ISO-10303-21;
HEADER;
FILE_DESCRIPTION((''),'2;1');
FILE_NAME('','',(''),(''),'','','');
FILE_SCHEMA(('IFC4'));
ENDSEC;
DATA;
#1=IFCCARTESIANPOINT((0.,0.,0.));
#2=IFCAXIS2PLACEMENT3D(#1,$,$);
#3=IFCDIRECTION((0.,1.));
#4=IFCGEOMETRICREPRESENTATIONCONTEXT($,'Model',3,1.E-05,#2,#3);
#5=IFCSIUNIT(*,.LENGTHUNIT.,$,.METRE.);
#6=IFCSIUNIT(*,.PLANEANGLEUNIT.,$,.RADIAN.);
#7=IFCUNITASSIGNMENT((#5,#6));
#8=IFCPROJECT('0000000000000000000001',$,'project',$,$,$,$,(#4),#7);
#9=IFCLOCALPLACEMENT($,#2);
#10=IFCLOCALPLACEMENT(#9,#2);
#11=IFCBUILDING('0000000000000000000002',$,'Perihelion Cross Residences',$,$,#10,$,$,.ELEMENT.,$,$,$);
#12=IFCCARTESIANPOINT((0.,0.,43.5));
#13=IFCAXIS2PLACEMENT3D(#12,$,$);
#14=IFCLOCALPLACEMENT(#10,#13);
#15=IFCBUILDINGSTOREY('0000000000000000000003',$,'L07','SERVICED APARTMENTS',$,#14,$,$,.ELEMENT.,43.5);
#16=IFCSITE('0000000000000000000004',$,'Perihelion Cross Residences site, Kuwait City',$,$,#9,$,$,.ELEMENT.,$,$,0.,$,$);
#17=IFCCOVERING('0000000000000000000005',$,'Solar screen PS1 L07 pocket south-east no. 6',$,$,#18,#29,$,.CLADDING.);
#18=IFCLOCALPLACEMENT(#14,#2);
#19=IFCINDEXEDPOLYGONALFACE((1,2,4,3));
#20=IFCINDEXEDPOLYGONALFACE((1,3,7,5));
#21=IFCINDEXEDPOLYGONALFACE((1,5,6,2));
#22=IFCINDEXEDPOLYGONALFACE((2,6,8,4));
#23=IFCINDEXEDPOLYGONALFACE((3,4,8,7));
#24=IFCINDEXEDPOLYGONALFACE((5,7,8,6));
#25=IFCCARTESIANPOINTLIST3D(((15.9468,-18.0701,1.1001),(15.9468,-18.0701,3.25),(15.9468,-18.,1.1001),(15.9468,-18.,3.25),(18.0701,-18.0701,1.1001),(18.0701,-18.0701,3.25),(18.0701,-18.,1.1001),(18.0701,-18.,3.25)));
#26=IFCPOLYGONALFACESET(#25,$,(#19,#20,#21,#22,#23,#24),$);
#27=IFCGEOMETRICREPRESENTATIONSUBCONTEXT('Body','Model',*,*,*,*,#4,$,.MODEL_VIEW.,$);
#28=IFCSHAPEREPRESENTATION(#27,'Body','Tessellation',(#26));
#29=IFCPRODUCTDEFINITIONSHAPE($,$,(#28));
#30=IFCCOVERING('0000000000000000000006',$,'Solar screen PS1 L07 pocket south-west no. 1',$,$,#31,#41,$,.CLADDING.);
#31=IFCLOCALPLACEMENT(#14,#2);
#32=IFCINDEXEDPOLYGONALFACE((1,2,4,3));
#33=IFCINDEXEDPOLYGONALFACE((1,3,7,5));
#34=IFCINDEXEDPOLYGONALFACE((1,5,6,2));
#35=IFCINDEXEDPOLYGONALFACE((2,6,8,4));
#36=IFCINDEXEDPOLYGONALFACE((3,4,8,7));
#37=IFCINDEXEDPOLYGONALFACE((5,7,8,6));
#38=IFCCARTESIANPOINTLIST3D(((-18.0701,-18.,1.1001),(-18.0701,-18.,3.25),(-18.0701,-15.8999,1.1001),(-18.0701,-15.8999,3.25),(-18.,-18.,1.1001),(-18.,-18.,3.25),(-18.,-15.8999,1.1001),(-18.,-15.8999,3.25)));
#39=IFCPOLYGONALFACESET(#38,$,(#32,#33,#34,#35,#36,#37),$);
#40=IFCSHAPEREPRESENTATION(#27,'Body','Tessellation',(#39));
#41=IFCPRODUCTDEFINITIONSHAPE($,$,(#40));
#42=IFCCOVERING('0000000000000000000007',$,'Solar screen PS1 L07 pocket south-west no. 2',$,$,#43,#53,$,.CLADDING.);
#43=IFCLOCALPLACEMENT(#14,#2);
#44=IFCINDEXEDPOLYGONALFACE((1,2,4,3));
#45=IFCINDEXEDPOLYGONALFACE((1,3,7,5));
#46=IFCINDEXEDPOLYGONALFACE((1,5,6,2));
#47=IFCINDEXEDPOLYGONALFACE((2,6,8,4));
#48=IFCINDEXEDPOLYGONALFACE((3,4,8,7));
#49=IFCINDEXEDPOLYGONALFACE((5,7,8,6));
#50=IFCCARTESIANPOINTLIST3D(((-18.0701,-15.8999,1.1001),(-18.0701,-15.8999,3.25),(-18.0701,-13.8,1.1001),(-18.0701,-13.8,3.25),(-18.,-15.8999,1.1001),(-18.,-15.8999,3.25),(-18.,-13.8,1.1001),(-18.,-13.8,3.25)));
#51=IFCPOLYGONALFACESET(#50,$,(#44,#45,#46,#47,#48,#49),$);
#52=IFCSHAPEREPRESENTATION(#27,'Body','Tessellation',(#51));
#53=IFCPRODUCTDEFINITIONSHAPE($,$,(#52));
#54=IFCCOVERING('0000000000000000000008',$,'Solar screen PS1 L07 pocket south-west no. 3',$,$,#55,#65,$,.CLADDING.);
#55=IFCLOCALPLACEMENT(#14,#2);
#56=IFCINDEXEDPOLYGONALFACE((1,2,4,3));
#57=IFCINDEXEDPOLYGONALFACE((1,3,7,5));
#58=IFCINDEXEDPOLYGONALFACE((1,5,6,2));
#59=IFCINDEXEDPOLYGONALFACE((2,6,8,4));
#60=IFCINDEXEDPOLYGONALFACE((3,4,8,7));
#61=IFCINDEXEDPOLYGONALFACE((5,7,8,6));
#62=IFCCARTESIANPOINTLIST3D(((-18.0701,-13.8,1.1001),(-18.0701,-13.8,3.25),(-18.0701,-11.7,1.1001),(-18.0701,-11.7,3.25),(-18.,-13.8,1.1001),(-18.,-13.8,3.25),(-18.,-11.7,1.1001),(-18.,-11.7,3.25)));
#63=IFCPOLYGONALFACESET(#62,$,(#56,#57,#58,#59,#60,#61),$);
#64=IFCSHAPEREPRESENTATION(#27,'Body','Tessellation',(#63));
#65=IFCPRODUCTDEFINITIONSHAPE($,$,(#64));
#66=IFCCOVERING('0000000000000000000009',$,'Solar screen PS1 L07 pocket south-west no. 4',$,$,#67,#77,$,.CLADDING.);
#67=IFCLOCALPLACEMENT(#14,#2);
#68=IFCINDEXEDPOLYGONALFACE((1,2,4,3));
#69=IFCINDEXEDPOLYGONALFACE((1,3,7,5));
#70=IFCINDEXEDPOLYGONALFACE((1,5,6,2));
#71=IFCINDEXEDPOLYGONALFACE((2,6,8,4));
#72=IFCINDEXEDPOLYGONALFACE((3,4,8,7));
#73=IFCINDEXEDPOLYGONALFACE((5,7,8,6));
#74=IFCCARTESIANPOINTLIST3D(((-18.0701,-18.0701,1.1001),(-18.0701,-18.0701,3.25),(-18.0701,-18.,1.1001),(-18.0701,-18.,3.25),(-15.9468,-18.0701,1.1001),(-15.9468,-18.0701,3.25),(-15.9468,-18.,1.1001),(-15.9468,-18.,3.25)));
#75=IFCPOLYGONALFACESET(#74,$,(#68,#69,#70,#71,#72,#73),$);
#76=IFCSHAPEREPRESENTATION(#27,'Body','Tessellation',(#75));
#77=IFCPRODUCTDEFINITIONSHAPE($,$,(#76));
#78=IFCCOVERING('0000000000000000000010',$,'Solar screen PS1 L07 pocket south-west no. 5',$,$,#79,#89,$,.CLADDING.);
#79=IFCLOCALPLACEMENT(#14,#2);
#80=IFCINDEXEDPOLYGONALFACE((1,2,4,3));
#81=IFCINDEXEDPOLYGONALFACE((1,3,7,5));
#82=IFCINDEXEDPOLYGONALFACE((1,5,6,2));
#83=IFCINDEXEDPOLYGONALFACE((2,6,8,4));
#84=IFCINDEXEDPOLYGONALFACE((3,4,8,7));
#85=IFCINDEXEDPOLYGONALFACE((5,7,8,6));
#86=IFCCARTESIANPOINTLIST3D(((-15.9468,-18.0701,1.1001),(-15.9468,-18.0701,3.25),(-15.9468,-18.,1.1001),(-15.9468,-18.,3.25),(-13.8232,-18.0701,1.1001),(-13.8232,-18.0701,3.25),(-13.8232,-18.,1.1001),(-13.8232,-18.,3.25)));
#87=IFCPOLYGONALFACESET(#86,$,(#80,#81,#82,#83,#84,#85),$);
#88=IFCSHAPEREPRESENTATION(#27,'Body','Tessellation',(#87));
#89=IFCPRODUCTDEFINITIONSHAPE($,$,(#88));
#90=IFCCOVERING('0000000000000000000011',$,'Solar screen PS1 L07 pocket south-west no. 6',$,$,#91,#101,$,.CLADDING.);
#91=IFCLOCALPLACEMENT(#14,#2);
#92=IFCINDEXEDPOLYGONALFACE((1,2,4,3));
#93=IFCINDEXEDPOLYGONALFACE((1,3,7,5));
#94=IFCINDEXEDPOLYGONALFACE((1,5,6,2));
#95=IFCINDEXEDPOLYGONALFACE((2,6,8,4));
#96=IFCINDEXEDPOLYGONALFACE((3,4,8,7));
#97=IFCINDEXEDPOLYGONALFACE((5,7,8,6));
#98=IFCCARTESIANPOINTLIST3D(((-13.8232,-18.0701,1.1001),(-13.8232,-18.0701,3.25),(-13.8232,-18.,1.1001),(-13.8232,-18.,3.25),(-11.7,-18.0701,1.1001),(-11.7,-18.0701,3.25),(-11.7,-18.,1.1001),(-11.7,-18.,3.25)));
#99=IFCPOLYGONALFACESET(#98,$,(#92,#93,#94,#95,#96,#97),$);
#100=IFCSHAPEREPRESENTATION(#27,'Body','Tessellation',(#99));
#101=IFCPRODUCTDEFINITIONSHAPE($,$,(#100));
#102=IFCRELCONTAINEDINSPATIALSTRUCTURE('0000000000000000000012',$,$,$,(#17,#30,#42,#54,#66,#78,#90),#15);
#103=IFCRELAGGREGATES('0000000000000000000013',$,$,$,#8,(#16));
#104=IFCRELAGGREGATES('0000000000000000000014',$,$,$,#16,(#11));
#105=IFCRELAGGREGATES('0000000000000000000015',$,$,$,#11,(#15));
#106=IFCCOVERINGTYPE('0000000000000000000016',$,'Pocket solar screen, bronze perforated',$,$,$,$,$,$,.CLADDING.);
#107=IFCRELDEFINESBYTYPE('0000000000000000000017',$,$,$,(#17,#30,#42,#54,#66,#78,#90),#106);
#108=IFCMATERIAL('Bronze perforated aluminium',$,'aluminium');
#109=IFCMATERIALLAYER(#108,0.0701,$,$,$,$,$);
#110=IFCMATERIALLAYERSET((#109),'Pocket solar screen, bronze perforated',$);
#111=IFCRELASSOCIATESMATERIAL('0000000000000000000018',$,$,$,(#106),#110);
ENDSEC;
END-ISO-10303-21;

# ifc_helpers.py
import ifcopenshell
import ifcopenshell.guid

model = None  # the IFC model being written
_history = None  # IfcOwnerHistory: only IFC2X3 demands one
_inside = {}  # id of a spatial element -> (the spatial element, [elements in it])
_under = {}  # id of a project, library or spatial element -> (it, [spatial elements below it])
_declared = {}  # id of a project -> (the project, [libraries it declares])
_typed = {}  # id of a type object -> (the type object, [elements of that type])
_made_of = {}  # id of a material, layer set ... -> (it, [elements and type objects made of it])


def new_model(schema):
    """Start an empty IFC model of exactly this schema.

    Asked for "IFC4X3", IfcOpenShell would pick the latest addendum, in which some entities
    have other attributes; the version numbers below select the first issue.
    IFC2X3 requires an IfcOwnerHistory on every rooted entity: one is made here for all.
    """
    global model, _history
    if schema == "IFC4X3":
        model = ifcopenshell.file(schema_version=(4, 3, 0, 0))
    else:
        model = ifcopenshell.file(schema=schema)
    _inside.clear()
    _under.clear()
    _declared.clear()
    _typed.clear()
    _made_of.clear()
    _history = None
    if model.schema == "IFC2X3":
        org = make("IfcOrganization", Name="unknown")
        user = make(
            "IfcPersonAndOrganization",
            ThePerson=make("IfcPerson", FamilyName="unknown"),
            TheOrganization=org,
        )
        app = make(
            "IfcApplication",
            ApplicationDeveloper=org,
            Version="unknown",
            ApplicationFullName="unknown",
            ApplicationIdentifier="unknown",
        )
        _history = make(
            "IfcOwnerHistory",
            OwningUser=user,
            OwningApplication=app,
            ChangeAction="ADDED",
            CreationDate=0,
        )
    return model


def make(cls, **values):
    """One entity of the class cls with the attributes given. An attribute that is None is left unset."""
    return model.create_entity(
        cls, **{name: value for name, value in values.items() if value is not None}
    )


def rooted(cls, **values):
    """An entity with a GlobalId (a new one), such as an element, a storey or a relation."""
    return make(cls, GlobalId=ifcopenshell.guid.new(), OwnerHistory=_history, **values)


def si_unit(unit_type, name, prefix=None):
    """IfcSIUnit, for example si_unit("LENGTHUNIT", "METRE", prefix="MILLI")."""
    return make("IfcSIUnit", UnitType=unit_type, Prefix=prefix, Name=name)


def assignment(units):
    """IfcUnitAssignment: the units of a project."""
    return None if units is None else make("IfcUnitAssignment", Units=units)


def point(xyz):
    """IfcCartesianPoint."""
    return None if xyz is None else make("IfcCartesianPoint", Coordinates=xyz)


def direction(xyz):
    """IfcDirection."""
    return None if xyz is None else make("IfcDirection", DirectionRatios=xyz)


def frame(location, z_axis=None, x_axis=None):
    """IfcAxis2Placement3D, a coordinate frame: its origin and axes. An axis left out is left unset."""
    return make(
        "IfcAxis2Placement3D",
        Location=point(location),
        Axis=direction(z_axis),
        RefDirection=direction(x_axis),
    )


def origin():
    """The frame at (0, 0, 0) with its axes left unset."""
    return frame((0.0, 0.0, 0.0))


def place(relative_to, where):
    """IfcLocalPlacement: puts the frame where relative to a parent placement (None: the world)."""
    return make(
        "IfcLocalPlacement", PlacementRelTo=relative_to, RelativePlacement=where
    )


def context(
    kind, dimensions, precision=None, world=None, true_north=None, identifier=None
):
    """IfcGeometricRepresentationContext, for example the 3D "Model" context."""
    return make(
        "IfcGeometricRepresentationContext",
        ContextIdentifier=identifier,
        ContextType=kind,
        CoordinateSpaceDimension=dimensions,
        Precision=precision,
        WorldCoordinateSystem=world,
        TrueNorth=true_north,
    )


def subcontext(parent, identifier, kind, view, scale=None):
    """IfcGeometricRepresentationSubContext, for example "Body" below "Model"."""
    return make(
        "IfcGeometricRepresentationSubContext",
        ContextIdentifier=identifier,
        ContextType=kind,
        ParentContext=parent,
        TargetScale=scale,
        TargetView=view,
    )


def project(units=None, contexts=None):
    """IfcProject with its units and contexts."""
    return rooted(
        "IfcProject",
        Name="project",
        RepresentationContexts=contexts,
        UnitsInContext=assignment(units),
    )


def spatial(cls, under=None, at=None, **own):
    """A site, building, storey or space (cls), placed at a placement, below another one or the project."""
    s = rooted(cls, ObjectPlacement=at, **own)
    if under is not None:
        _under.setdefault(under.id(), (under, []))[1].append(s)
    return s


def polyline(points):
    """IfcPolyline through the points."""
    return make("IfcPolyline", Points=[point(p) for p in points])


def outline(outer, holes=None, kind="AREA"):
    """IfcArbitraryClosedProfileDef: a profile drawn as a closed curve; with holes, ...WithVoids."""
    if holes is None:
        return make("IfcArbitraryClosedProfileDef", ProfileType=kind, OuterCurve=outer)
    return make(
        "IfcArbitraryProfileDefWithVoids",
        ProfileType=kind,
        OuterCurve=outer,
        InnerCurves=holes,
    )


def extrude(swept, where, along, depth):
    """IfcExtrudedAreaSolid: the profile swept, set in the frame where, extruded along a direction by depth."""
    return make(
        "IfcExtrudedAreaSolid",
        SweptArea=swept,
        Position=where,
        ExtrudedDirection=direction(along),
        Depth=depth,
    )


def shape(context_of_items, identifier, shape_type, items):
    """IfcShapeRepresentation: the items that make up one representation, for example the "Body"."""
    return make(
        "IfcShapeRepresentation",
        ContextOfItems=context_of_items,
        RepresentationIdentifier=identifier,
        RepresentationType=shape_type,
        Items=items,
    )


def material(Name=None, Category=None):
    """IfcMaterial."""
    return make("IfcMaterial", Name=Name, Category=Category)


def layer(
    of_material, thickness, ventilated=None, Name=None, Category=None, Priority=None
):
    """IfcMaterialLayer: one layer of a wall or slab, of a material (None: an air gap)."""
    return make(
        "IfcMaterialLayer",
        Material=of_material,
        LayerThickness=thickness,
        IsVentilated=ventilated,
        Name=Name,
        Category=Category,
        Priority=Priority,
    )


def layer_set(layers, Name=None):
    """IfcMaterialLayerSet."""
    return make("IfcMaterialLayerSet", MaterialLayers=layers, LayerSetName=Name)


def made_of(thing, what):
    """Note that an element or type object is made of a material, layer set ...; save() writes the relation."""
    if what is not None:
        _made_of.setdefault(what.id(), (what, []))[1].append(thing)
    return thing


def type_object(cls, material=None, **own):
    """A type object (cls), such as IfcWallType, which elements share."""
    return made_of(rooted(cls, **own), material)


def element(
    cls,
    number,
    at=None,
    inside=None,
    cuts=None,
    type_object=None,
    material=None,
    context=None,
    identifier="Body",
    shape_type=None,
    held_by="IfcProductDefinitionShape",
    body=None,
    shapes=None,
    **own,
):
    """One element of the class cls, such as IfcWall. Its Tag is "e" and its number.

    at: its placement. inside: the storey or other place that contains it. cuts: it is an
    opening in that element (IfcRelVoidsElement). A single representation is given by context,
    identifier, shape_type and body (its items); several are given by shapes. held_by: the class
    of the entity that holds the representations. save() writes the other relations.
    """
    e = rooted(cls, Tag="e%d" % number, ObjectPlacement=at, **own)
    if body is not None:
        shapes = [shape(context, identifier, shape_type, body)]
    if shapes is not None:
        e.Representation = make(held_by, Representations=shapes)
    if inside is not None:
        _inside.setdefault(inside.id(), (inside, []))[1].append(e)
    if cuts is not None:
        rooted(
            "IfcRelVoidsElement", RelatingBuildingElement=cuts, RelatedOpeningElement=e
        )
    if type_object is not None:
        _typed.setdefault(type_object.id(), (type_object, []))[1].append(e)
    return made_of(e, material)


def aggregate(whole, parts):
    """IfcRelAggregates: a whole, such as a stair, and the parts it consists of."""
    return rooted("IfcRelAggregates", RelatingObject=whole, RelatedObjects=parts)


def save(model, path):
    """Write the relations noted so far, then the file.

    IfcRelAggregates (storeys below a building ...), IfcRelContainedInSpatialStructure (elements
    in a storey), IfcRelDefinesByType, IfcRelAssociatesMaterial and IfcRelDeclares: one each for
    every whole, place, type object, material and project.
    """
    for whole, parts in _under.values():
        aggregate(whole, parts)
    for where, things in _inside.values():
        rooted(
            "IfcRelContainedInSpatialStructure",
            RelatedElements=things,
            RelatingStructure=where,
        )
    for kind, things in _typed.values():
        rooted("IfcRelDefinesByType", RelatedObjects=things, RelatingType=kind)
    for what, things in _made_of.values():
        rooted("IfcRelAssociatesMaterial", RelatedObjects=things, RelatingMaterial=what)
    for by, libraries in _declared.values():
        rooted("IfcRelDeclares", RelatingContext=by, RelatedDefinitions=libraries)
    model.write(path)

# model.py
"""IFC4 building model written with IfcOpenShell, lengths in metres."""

from ifc_helpers import new_model, si_unit, direction, frame, origin, place, context, subcontext, project, spatial, polyline, outline, extrude, material, layer, layer_set, type_object, element, save


model = new_model("IFC4")

# Units and contexts
model_context = context("Model", 3, precision=1e-05, world=origin(), true_north=direction((0.0, 1.0)))
body_context = subcontext(model_context, "Body", "Model", "MODEL_VIEW")
ifc_project = project(units=[si_unit("LENGTHUNIT", "METRE"), si_unit("PLANEANGLEUNIT", "RADIAN")], contexts=[model_context])

# Site, building, storey
site_placement = place(None, origin())
site = spatial("IfcSite", under=ifc_project, at=site_placement, Name="Perihelion Cross Residences site, Kuwait City", CompositionType="ELEMENT", RefElevation=0.0)
building_placement = place(site_placement, origin())
building = spatial("IfcBuilding", under=site, at=building_placement, Name="Perihelion Cross Residences", CompositionType="ELEMENT")
storey_placement = place(building_placement, frame((0.0, 0.0, 43.5)))
storey = spatial("IfcBuildingStorey", under=building, at=storey_placement, Name="L07", Description="SERVICED APARTMENTS", CompositionType="ELEMENT", Elevation=43.5)

# Coverings
ifc_material_1 = material(Name="Bronze perforated aluminium", Category="aluminium")
ifc_layer_1 = layer(ifc_material_1, 0.0701)
ifc_layer_set_1 = layer_set([ifc_layer_1], Name="Pocket solar screen, bronze perforated")
covering_type_1 = type_object("IfcCoveringType", Name="Pocket solar screen, bronze perforated", PredefinedType="CLADDING", material=ifc_layer_set_1)
covering_1_placement = place(storey_placement, frame((0.0, 0.0, 1.1001)))
element("IfcCovering", 1, at=covering_1_placement, inside=storey, type_object=covering_type_1, Name="Solar screen PS1 L07 pocket south-east no. 6", PredefinedType="CLADDING", context=body_context, shape_type="SweptSolid", body=[
    extrude(outline(polyline([(18.0701, -18.0701), (18.0701, -18.0), (15.9468, -18.0), (15.9468, -18.0701), (18.0701, -18.0701)])), origin(), (0.0, 0.0, 1.0), 2.1499),
])
covering_2_placement = place(storey_placement, frame((0.0, 0.0, 1.1001)))
element("IfcCovering", 2, at=covering_2_placement, inside=storey, type_object=covering_type_1, Name="Solar screen PS1 L07 pocket south-west no. 1", PredefinedType="CLADDING", context=body_context, shape_type="SweptSolid", body=[
    extrude(outline(polyline([(-18.0, -18.0), (-18.0, -15.8999), (-18.0701, -15.8999), (-18.0701, -18.0), (-18.0, -18.0)])), origin(), (0.0, 0.0, 1.0), 2.1499),
])
covering_3_placement = place(storey_placement, frame((0.0, 0.0, 1.1001)))
element("IfcCovering", 3, at=covering_3_placement, inside=storey, type_object=covering_type_1, Name="Solar screen PS1 L07 pocket south-west no. 2", PredefinedType="CLADDING", context=body_context, shape_type="SweptSolid", body=[
    extrude(outline(polyline([(-18.0, -15.8999), (-18.0, -13.8), (-18.0701, -13.8), (-18.0701, -15.8999), (-18.0, -15.8999)])), origin(), (0.0, 0.0, 1.0), 2.1499),
])
covering_4_placement = place(storey_placement, frame((0.0, 0.0, 1.1001)))
element("IfcCovering", 4, at=covering_4_placement, inside=storey, type_object=covering_type_1, Name="Solar screen PS1 L07 pocket south-west no. 3", PredefinedType="CLADDING", context=body_context, shape_type="SweptSolid", body=[
    extrude(outline(polyline([(-18.0, -13.8), (-18.0, -11.7), (-18.0701, -11.7), (-18.0701, -13.8), (-18.0, -13.8)])), origin(), (0.0, 0.0, 1.0), 2.1499),
])
covering_5_placement = place(storey_placement, frame((0.0, 0.0, 1.1001)))
element("IfcCovering", 5, at=covering_5_placement, inside=storey, type_object=covering_type_1, Name="Solar screen PS1 L07 pocket south-west no. 4", PredefinedType="CLADDING", context=body_context, shape_type="SweptSolid", body=[
    extrude(outline(polyline([(-15.9468, -18.0701), (-15.9468, -18.0), (-18.0701, -18.0), (-18.0701, -18.0701), (-15.9468, -18.0701)])), origin(), (0.0, 0.0, 1.0), 2.1499),
])
covering_6_placement = place(storey_placement, frame((0.0, 0.0, 1.1001)))
element("IfcCovering", 6, at=covering_6_placement, inside=storey, type_object=covering_type_1, Name="Solar screen PS1 L07 pocket south-west no. 5", PredefinedType="CLADDING", context=body_context, shape_type="SweptSolid", body=[
    extrude(outline(polyline([(-13.8232, -18.0701), (-13.8232, -18.0), (-15.9468, -18.0), (-15.9468, -18.0701), (-13.8232, -18.0701)])), origin(), (0.0, 0.0, 1.0), 2.1499),
])
covering_7_placement = place(storey_placement, frame((0.0, 0.0, 1.1001)))
element("IfcCovering", 7, at=covering_7_placement, inside=storey, type_object=covering_type_1, Name="Solar screen PS1 L07 pocket south-west no. 6", PredefinedType="CLADDING", context=body_context, shape_type="SweptSolid", body=[
    extrude(outline(polyline([(-11.7, -18.0701), (-11.7, -18.0), (-13.8232, -18.0), (-13.8232, -18.0701), (-11.7, -18.0701)])), origin(), (0.0, 0.0, 1.0), 2.1499),
])

save(model, "model.ifc")
